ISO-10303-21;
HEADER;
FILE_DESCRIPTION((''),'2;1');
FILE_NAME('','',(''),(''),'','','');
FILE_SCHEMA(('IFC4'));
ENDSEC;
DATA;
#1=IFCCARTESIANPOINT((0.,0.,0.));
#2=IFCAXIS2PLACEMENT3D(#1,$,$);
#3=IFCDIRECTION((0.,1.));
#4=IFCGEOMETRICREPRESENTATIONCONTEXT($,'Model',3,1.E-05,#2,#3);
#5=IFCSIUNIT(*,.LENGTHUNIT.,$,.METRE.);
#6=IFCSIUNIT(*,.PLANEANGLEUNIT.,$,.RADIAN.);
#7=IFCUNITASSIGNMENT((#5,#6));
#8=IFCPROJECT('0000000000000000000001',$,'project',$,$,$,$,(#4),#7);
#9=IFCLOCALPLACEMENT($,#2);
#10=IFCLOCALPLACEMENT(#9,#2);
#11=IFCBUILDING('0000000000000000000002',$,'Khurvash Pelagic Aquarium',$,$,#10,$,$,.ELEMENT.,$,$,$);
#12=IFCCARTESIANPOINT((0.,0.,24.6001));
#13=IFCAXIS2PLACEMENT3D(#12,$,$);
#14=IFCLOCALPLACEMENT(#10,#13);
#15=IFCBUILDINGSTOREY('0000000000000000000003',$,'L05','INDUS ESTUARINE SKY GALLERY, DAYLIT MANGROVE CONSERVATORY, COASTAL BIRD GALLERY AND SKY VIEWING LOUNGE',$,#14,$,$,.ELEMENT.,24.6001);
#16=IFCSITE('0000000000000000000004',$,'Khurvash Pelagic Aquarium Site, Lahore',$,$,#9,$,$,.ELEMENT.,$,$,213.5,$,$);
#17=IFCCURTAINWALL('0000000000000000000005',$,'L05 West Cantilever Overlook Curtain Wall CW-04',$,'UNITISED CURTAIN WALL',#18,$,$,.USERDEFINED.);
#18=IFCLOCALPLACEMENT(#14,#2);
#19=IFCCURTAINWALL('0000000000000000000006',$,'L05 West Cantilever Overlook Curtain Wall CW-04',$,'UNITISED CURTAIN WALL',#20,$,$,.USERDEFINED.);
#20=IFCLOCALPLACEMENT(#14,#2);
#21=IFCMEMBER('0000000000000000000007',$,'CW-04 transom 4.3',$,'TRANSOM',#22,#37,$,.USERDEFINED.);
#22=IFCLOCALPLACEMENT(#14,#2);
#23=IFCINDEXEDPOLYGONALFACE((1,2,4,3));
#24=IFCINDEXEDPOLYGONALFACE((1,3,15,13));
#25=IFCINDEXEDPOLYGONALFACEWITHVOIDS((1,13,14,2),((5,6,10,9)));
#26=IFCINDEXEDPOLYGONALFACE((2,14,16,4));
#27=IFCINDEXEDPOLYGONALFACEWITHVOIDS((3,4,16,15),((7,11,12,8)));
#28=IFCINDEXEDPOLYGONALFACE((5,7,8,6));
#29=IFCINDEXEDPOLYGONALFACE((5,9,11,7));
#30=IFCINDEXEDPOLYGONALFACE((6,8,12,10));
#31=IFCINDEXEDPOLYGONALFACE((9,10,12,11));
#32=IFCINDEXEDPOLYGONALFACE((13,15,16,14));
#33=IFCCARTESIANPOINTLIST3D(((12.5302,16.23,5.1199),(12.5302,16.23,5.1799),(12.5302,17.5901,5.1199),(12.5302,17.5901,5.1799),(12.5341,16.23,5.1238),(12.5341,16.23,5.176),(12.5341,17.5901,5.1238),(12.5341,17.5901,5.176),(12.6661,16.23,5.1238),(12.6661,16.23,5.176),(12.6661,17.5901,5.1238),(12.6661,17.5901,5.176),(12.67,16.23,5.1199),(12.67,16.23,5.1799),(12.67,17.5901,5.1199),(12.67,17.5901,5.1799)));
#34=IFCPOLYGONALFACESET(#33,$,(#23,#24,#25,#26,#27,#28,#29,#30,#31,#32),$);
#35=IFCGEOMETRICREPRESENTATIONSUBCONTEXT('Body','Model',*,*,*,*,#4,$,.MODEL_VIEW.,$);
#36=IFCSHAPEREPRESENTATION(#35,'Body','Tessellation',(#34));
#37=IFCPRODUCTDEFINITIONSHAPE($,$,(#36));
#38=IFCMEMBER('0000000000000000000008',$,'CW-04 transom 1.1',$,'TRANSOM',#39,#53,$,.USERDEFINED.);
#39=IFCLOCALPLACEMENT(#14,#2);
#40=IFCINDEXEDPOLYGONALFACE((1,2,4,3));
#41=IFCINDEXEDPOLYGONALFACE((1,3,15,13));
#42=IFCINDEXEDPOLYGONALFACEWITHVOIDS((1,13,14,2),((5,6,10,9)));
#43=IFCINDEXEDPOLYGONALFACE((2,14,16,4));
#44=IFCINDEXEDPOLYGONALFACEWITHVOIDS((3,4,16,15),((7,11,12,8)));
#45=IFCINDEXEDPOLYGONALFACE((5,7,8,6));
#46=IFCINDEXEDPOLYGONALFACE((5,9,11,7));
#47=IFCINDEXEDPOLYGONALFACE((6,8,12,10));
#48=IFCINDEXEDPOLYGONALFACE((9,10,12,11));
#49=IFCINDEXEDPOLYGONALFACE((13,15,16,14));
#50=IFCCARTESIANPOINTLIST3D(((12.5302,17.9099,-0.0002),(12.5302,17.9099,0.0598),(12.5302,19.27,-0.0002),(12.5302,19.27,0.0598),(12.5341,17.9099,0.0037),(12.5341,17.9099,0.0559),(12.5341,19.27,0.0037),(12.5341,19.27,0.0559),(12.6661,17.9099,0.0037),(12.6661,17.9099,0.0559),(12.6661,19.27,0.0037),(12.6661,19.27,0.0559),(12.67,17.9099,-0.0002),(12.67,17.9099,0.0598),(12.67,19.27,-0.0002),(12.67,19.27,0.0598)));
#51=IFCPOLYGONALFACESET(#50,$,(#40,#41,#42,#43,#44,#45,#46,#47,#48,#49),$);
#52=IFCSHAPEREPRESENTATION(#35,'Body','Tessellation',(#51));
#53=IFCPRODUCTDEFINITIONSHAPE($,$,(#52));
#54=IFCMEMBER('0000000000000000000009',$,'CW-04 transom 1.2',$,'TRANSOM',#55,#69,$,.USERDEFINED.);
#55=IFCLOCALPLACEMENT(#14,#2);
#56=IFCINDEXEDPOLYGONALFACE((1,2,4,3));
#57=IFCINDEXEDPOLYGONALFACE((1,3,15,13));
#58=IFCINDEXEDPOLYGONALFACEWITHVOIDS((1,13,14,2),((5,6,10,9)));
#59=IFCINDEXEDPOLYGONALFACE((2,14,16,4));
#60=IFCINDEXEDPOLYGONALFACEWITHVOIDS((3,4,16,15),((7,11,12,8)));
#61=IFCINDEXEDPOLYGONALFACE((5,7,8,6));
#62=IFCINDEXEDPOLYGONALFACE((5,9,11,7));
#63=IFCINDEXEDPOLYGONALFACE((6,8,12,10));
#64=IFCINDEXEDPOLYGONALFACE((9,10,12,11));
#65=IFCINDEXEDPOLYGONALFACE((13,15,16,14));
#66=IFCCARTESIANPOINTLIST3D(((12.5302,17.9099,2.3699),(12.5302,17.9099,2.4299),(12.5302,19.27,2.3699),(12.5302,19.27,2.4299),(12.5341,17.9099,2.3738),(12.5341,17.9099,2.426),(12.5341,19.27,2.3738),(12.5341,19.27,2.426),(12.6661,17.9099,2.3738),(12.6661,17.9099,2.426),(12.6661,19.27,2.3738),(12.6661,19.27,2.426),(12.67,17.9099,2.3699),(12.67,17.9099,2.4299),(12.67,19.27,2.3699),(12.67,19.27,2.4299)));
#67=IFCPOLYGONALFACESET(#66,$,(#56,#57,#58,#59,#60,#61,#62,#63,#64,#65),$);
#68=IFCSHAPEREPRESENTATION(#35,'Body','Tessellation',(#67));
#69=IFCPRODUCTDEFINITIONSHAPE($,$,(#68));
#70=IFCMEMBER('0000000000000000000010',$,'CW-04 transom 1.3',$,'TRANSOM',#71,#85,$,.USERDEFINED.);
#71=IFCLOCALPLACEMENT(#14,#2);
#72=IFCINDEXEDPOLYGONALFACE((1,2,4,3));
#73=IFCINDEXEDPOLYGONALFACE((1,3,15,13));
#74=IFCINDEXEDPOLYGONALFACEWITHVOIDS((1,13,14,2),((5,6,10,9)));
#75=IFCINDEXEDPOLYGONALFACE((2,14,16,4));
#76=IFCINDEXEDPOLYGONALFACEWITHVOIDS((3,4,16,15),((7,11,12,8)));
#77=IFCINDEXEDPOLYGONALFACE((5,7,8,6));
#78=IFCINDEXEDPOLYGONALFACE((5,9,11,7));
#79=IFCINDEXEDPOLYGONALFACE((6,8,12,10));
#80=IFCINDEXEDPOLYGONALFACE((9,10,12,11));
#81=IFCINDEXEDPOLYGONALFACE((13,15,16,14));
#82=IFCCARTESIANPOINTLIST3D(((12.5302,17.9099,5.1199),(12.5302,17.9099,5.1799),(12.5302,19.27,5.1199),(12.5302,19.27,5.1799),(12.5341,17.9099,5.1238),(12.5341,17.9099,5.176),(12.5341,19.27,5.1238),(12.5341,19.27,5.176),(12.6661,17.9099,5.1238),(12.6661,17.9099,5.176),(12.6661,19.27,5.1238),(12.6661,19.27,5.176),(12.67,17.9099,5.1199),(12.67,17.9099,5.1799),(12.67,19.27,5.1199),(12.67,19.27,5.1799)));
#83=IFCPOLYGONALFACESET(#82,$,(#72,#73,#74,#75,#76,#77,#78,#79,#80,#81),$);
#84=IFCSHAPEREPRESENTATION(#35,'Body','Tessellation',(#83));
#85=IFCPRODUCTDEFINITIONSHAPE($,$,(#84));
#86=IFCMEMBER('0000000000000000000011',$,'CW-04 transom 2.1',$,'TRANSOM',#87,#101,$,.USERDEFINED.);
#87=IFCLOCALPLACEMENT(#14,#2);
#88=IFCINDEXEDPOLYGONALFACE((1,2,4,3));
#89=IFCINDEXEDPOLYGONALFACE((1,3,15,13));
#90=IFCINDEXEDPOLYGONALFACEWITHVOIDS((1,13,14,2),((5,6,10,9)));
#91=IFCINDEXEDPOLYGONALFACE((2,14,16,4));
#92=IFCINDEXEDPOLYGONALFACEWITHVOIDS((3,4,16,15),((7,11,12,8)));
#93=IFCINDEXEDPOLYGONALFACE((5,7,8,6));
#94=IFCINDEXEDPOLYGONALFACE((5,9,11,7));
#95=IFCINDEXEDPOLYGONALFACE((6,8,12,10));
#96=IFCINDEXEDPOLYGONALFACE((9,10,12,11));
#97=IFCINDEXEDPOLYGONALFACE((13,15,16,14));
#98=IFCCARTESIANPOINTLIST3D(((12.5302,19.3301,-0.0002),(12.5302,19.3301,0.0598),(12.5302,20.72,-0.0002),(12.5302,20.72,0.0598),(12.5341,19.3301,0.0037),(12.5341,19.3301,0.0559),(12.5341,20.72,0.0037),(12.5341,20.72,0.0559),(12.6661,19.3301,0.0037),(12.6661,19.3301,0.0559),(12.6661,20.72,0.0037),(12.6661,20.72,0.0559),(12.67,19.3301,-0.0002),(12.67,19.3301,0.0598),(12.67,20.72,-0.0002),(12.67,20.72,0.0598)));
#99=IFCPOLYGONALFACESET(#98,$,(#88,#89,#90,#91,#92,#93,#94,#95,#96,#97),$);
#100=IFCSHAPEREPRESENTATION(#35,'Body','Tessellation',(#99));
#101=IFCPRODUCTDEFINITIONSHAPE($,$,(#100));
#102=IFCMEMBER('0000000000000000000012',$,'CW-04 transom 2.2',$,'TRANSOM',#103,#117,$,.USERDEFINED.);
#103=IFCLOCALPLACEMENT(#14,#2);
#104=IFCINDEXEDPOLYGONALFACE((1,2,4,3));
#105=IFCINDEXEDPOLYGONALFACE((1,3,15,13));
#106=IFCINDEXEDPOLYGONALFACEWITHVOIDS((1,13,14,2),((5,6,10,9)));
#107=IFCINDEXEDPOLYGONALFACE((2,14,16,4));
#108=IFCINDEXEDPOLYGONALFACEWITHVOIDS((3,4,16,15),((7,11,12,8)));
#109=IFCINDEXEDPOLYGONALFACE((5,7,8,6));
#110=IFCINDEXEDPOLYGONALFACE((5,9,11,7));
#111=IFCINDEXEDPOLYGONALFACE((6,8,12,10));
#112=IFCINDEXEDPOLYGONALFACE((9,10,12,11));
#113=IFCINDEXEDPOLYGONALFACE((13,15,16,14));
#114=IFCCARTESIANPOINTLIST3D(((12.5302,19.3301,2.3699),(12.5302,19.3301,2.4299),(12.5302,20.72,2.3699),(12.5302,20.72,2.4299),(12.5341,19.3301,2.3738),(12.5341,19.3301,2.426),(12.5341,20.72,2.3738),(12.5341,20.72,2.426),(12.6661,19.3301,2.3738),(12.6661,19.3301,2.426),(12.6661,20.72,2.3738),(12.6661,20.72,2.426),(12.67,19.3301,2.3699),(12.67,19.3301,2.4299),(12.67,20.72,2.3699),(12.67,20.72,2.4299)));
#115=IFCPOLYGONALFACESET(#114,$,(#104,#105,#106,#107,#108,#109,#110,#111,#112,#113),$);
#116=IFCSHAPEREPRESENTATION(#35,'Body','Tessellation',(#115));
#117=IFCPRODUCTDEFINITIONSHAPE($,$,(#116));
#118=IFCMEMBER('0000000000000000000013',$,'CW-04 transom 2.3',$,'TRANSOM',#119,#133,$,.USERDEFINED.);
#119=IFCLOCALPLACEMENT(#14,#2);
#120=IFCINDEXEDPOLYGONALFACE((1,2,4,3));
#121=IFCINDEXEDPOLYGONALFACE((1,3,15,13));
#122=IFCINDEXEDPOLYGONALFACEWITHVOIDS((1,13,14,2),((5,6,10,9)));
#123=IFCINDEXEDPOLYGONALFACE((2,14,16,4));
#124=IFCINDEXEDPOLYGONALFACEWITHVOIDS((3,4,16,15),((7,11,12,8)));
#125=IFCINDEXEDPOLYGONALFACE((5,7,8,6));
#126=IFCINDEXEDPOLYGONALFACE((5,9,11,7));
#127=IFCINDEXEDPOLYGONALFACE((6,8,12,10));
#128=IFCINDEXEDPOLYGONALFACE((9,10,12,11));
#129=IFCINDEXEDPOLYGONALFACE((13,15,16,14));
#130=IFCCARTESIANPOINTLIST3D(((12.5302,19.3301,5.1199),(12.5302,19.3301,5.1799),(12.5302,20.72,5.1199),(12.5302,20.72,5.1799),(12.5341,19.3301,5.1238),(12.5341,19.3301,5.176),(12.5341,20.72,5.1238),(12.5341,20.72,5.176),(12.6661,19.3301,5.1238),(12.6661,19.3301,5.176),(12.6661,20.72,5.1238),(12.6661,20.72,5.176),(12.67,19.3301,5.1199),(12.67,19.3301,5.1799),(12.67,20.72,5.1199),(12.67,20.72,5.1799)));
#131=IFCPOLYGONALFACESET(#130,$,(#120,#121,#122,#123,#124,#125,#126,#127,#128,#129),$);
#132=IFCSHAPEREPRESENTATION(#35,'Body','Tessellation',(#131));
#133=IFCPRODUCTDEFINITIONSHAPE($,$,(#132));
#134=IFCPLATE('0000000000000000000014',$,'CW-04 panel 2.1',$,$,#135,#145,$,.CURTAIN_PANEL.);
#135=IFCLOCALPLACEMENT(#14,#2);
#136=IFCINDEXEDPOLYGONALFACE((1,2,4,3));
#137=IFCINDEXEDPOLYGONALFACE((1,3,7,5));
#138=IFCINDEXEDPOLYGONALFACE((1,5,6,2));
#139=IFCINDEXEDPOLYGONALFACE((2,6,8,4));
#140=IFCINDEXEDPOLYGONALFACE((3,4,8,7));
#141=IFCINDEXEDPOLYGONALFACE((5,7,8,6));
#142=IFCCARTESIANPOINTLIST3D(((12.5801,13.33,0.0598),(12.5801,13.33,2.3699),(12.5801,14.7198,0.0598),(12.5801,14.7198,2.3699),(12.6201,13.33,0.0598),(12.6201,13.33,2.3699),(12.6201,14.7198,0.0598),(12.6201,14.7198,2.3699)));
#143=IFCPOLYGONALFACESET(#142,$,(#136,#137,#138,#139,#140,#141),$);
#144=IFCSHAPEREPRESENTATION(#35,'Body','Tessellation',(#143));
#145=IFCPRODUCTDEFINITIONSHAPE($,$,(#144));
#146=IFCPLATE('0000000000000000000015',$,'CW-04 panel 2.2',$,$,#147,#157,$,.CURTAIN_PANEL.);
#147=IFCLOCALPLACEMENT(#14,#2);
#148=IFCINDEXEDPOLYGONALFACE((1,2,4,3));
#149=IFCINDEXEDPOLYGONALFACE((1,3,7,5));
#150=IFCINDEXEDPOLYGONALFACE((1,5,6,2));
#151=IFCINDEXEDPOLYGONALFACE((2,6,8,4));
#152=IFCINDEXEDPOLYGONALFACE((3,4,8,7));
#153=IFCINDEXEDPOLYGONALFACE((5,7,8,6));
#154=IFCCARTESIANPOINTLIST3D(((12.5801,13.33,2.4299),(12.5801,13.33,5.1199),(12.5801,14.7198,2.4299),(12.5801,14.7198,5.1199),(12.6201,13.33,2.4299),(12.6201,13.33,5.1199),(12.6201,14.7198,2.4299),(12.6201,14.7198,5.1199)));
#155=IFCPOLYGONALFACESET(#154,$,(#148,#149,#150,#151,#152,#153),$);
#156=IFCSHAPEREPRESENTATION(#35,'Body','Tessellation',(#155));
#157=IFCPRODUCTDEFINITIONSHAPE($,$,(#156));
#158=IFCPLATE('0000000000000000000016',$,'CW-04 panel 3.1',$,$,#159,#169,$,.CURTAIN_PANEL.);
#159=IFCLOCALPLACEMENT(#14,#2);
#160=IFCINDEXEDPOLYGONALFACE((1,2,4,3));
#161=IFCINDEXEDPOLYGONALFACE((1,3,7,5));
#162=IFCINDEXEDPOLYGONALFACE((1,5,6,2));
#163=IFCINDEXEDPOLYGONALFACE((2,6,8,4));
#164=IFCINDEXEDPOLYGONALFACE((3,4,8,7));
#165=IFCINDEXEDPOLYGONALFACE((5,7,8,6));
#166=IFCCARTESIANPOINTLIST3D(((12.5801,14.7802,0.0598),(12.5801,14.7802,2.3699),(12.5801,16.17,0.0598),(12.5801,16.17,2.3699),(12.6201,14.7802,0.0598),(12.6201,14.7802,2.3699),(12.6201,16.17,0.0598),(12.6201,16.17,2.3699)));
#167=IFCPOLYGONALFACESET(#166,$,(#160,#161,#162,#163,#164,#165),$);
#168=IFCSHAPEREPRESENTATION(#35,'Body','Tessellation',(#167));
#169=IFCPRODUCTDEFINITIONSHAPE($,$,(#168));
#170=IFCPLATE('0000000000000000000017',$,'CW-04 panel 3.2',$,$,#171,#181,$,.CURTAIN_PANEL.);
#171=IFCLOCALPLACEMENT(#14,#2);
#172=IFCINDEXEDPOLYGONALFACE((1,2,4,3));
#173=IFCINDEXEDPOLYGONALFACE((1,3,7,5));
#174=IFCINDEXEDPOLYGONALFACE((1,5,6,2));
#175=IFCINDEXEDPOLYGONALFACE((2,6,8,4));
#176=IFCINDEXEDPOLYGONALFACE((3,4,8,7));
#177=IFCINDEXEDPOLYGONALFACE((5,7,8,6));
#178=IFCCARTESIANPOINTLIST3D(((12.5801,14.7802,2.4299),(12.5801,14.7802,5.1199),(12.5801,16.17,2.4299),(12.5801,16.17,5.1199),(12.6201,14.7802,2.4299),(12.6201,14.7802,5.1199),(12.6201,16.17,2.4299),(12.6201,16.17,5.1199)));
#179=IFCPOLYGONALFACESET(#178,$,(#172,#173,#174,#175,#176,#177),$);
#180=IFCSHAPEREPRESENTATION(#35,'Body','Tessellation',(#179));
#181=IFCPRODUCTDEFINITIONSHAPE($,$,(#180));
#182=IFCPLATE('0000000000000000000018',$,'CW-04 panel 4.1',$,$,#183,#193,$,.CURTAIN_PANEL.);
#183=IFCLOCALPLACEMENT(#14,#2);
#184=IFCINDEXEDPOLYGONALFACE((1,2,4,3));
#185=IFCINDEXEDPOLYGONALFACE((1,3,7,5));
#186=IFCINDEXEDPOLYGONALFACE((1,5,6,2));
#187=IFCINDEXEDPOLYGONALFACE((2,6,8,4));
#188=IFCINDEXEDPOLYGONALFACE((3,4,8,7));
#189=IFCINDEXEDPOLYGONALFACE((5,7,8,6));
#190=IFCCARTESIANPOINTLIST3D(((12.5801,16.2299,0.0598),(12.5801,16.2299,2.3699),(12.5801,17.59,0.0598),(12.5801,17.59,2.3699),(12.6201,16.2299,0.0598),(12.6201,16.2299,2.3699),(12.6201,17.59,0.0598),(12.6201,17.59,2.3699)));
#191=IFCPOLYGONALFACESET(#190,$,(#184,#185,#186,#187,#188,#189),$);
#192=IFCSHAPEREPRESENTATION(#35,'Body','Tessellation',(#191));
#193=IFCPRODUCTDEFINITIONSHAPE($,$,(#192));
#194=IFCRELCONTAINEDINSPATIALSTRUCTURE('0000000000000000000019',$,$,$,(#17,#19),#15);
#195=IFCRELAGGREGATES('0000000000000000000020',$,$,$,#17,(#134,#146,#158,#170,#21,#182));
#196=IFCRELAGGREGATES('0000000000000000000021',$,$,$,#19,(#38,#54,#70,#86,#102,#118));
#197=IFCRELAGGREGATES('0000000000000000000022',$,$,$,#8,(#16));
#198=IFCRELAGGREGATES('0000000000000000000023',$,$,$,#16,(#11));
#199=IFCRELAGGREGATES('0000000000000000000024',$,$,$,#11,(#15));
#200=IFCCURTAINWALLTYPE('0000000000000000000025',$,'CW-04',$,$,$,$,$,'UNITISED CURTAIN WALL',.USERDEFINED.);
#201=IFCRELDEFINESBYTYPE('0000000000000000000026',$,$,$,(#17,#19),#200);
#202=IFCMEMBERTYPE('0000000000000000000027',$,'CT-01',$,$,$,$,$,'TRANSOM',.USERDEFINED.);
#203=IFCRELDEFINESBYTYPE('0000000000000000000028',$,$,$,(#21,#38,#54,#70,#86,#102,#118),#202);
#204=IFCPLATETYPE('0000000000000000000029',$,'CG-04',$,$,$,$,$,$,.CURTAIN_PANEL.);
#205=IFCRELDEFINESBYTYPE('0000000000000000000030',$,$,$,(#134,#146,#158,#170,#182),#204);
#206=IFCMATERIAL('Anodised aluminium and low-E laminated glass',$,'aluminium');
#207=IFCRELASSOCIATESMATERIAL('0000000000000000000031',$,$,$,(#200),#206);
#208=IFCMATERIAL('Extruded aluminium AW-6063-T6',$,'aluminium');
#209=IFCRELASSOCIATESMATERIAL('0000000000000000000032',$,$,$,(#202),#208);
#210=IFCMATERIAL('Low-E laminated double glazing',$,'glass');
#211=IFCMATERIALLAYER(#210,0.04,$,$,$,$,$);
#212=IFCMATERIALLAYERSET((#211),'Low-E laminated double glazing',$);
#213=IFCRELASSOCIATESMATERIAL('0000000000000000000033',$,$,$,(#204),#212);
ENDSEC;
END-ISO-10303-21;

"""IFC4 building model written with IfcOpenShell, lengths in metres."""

from ifc_helpers import new_model, si_unit, direction, frame, origin, origin_2d, place, context, subcontext, project, spatial, rectangle, hollow_rectangle, extrude, material, layer, layer_set, material_profile, profile_set, type_object, element, aggregate, save


model = new_model("IFC4")

# Units and contexts
model_context = context("Model", 3, precision=1e-05, world=origin(), true_north=direction((0.0, 1.0)))
body_context = subcontext(model_context, "Body", "Model", "MODEL_VIEW")
ifc_project = project(units=[si_unit("LENGTHUNIT", "METRE"), si_unit("PLANEANGLEUNIT", "RADIAN")], contexts=[model_context])

# Site, building, storey
site_placement = place(None, origin())
site = spatial("IfcSite", under=ifc_project, at=site_placement, Name="Khurvash Pelagic Aquarium Site, Lahore", CompositionType="ELEMENT", RefElevation=213.5)
building_placement = place(site_placement, origin())
building = spatial("IfcBuilding", under=site, at=building_placement, Name="Khurvash Pelagic Aquarium", CompositionType="ELEMENT")
storey_placement = place(building_placement, frame((0.0, 0.0, 24.6001)))
storey = spatial("IfcBuildingStorey", under=building, at=storey_placement, Name="L05", Description="INDUS ESTUARINE SKY GALLERY, DAYLIT MANGROVE CONSERVATORY, COASTAL BIRD GALLERY AND SKY VIEWING LOUNGE", CompositionType="ELEMENT", Elevation=24.6001)

# Curtain walls
ifc_material_1 = material(Name="Anodised aluminium and low-E laminated glass", Category="aluminium")
curtain_wall_type = type_object("IfcCurtainWallType", Name="CW-04", ElementType="UNITISED CURTAIN WALL", PredefinedType="USERDEFINED", material=ifc_material_1)
curtain_wall_1_placement = place(storey_placement, origin())
curtain_wall_1 = element("IfcCurtainWall", 1, at=curtain_wall_1_placement, inside=storey, type_object=curtain_wall_type, Name="L05 West Cantilever Overlook Curtain Wall CW-04", ObjectType="UNITISED CURTAIN WALL", PredefinedType="USERDEFINED")
ifc_material_2 = material(Name="Extruded aluminium AW-6063-T6", Category="aluminium")
curtain_wall_2_placement = place(storey_placement, origin())
curtain_wall_2 = element("IfcCurtainWall", 2, at=curtain_wall_2_placement, inside=storey, type_object=curtain_wall_type, Name="L05 West Cantilever Overlook Curtain Wall CW-04", ObjectType="UNITISED CURTAIN WALL", PredefinedType="USERDEFINED")

# Members
ifc_material_profile_1 = material_profile(ifc_material_2, hollow_rectangle(XDim=0.1399, YDim=0.0601, WallThickness=0.0039, at=origin_2d()), Name="CWT140X60X4")
ifc_profile_set_1 = profile_set([ifc_material_profile_1], Name="Extruded aluminium AW-6063-T6")
member_type_1 = type_object("IfcMemberType", Name="CT-01", ElementType="TRANSOM", PredefinedType="USERDEFINED", material=ifc_profile_set_1)
member_1_placement = place(storey_placement, frame((12.6001, 16.23, 5.1499), z_axis=(0.0, 1.0, 0.0), x_axis=(-1.0, 0.0, 0.0)))
member_1 = element("IfcMember", 3, at=member_1_placement, type_object=member_type_1, Name="CW-04 transom 4.3", ObjectType="TRANSOM", PredefinedType="USERDEFINED", context=body_context, shape_type="SweptSolid", body=[
    extrude(hollow_rectangle(XDim=0.1399, YDim=0.0601, WallThickness=0.0039, at=origin_2d()), origin(), (0.0, 0.0, 1.0), 1.3601),
])
member_2_placement = place(storey_placement, frame((12.6001, 17.9099, 0.0298), z_axis=(0.0, 1.0, 0.0), x_axis=(-1.0, 0.0, 0.0)))
member_2 = element("IfcMember", 4, at=member_2_placement, type_object=member_type_1, Name="CW-04 transom 1.1", ObjectType="TRANSOM", PredefinedType="USERDEFINED", context=body_context, shape_type="SweptSolid", body=[
    extrude(hollow_rectangle(XDim=0.1399, YDim=0.0601, WallThickness=0.0039, at=origin_2d()), origin(), (0.0, 0.0, 1.0), 1.3601),
])
member_3_placement = place(storey_placement, frame((12.6001, 17.9099, 2.3999), z_axis=(0.0, 1.0, 0.0), x_axis=(-1.0, 0.0, 0.0)))
member_3 = element("IfcMember", 5, at=member_3_placement, type_object=member_type_1, Name="CW-04 transom 1.2", ObjectType="TRANSOM", PredefinedType="USERDEFINED", context=body_context, shape_type="SweptSolid", body=[
    extrude(hollow_rectangle(XDim=0.1399, YDim=0.0601, WallThickness=0.0039, at=origin_2d()), origin(), (0.0, 0.0, 1.0), 1.3601),
])
member_4_placement = place(storey_placement, frame((12.6001, 17.9099, 5.1499), z_axis=(0.0, 1.0, 0.0), x_axis=(-1.0, 0.0, 0.0)))
member_4 = element("IfcMember", 6, at=member_4_placement, type_object=member_type_1, Name="CW-04 transom 1.3", ObjectType="TRANSOM", PredefinedType="USERDEFINED", context=body_context, shape_type="SweptSolid", body=[
    extrude(hollow_rectangle(XDim=0.1399, YDim=0.0601, WallThickness=0.0039, at=origin_2d()), origin(), (0.0, 0.0, 1.0), 1.3601),
])
member_5_placement = place(storey_placement, frame((12.6001, 19.3301, 0.0298), z_axis=(0.0, 1.0, 0.0), x_axis=(-1.0, 0.0, 0.0)))
member_5 = element("IfcMember", 7, at=member_5_placement, type_object=member_type_1, Name="CW-04 transom 2.1", ObjectType="TRANSOM", PredefinedType="USERDEFINED", context=body_context, shape_type="SweptSolid", body=[
    extrude(hollow_rectangle(XDim=0.1399, YDim=0.0601, WallThickness=0.0039, at=origin_2d()), origin(), (0.0, 0.0, 1.0), 1.3899),
])
member_6_placement = place(storey_placement, frame((12.6001, 19.3301, 2.3999), z_axis=(0.0, 1.0, 0.0), x_axis=(-1.0, 0.0, 0.0)))
member_6 = element("IfcMember", 8, at=member_6_placement, type_object=member_type_1, Name="CW-04 transom 2.2", ObjectType="TRANSOM", PredefinedType="USERDEFINED", context=body_context, shape_type="SweptSolid", body=[
    extrude(hollow_rectangle(XDim=0.1399, YDim=0.0601, WallThickness=0.0039, at=origin_2d()), origin(), (0.0, 0.0, 1.0), 1.3899),
])
member_7_placement = place(storey_placement, frame((12.6001, 19.3301, 5.1499), z_axis=(0.0, 1.0, 0.0), x_axis=(-1.0, 0.0, 0.0)))
member_7 = element("IfcMember", 9, at=member_7_placement, type_object=member_type_1, Name="CW-04 transom 2.3", ObjectType="TRANSOM", PredefinedType="USERDEFINED", context=body_context, shape_type="SweptSolid", body=[
    extrude(hollow_rectangle(XDim=0.1399, YDim=0.0601, WallThickness=0.0039, at=origin_2d()), origin(), (0.0, 0.0, 1.0), 1.3899),
])

# Plates
ifc_material_3 = material(Name="Low-E laminated double glazing", Category="glass")
ifc_layer = layer(ifc_material_3, 0.04)
ifc_layer_set = layer_set([ifc_layer], Name="Low-E laminated double glazing")
plate_type = type_object("IfcPlateType", Name="CG-04", PredefinedType="CURTAIN_PANEL", material=ifc_layer_set)
plate_1_placement = place(storey_placement, frame((12.6001, 14.0249, 0.0598), z_axis=(0.0, 0.0, 1.0), x_axis=(0.0, 1.0, 0.0)))
plate_1 = element("IfcPlate", 10, at=plate_1_placement, type_object=plate_type, Name="CW-04 panel 2.1", PredefinedType="CURTAIN_PANEL", context=body_context, shape_type="SweptSolid", body=[
    extrude(rectangle(XDim=1.3899, YDim=0.04, at=origin_2d()), origin(), (0.0, 0.0, 1.0), 2.3101),
])
plate_2_placement = place(storey_placement, frame((12.6001, 14.0249, 2.4299), z_axis=(0.0, 0.0, 1.0), x_axis=(0.0, 1.0, 0.0)))
plate_2 = element("IfcPlate", 11, at=plate_2_placement, type_object=plate_type, Name="CW-04 panel 2.2", PredefinedType="CURTAIN_PANEL", context=body_context, shape_type="SweptSolid", body=[
    extrude(rectangle(XDim=1.3899, YDim=0.04, at=origin_2d()), origin(), (0.0, 0.0, 1.0), 2.6899),
])
plate_3_placement = place(storey_placement, frame((12.6001, 15.4751, 0.0598), z_axis=(0.0, 0.0, 1.0), x_axis=(0.0, 1.0, 0.0)))
plate_3 = element("IfcPlate", 12, at=plate_3_placement, type_object=plate_type, Name="CW-04 panel 3.1", PredefinedType="CURTAIN_PANEL", context=body_context, shape_type="SweptSolid", body=[
    extrude(rectangle(XDim=1.3899, YDim=0.04, at=origin_2d()), origin(), (0.0, 0.0, 1.0), 2.3101),
])
plate_4_placement = place(storey_placement, frame((12.6001, 15.4751, 2.4299), z_axis=(0.0, 0.0, 1.0), x_axis=(0.0, 1.0, 0.0)))
plate_4 = element("IfcPlate", 13, at=plate_4_placement, type_object=plate_type, Name="CW-04 panel 3.2", PredefinedType="CURTAIN_PANEL", context=body_context, shape_type="SweptSolid", body=[
    extrude(rectangle(XDim=1.3899, YDim=0.04, at=origin_2d()), origin(), (0.0, 0.0, 1.0), 2.6899),
])
plate_5_placement = place(storey_placement, frame((12.6001, 16.9099, 0.0598), z_axis=(0.0, 0.0, 1.0), x_axis=(0.0, 1.0, 0.0)))
plate_5 = element("IfcPlate", 14, at=plate_5_placement, type_object=plate_type, Name="CW-04 panel 4.1", PredefinedType="CURTAIN_PANEL", context=body_context, shape_type="SweptSolid", body=[
    extrude(rectangle(XDim=1.3601, YDim=0.04, at=origin_2d()), origin(), (0.0, 0.0, 1.0), 2.3101),
])
aggregate(curtain_wall_1, [plate_1, plate_2, plate_3, plate_4, member_1, plate_5])
aggregate(curtain_wall_2, [member_2, member_3, member_4, member_5, member_6, member_7])

save(model, "model.ifc")
